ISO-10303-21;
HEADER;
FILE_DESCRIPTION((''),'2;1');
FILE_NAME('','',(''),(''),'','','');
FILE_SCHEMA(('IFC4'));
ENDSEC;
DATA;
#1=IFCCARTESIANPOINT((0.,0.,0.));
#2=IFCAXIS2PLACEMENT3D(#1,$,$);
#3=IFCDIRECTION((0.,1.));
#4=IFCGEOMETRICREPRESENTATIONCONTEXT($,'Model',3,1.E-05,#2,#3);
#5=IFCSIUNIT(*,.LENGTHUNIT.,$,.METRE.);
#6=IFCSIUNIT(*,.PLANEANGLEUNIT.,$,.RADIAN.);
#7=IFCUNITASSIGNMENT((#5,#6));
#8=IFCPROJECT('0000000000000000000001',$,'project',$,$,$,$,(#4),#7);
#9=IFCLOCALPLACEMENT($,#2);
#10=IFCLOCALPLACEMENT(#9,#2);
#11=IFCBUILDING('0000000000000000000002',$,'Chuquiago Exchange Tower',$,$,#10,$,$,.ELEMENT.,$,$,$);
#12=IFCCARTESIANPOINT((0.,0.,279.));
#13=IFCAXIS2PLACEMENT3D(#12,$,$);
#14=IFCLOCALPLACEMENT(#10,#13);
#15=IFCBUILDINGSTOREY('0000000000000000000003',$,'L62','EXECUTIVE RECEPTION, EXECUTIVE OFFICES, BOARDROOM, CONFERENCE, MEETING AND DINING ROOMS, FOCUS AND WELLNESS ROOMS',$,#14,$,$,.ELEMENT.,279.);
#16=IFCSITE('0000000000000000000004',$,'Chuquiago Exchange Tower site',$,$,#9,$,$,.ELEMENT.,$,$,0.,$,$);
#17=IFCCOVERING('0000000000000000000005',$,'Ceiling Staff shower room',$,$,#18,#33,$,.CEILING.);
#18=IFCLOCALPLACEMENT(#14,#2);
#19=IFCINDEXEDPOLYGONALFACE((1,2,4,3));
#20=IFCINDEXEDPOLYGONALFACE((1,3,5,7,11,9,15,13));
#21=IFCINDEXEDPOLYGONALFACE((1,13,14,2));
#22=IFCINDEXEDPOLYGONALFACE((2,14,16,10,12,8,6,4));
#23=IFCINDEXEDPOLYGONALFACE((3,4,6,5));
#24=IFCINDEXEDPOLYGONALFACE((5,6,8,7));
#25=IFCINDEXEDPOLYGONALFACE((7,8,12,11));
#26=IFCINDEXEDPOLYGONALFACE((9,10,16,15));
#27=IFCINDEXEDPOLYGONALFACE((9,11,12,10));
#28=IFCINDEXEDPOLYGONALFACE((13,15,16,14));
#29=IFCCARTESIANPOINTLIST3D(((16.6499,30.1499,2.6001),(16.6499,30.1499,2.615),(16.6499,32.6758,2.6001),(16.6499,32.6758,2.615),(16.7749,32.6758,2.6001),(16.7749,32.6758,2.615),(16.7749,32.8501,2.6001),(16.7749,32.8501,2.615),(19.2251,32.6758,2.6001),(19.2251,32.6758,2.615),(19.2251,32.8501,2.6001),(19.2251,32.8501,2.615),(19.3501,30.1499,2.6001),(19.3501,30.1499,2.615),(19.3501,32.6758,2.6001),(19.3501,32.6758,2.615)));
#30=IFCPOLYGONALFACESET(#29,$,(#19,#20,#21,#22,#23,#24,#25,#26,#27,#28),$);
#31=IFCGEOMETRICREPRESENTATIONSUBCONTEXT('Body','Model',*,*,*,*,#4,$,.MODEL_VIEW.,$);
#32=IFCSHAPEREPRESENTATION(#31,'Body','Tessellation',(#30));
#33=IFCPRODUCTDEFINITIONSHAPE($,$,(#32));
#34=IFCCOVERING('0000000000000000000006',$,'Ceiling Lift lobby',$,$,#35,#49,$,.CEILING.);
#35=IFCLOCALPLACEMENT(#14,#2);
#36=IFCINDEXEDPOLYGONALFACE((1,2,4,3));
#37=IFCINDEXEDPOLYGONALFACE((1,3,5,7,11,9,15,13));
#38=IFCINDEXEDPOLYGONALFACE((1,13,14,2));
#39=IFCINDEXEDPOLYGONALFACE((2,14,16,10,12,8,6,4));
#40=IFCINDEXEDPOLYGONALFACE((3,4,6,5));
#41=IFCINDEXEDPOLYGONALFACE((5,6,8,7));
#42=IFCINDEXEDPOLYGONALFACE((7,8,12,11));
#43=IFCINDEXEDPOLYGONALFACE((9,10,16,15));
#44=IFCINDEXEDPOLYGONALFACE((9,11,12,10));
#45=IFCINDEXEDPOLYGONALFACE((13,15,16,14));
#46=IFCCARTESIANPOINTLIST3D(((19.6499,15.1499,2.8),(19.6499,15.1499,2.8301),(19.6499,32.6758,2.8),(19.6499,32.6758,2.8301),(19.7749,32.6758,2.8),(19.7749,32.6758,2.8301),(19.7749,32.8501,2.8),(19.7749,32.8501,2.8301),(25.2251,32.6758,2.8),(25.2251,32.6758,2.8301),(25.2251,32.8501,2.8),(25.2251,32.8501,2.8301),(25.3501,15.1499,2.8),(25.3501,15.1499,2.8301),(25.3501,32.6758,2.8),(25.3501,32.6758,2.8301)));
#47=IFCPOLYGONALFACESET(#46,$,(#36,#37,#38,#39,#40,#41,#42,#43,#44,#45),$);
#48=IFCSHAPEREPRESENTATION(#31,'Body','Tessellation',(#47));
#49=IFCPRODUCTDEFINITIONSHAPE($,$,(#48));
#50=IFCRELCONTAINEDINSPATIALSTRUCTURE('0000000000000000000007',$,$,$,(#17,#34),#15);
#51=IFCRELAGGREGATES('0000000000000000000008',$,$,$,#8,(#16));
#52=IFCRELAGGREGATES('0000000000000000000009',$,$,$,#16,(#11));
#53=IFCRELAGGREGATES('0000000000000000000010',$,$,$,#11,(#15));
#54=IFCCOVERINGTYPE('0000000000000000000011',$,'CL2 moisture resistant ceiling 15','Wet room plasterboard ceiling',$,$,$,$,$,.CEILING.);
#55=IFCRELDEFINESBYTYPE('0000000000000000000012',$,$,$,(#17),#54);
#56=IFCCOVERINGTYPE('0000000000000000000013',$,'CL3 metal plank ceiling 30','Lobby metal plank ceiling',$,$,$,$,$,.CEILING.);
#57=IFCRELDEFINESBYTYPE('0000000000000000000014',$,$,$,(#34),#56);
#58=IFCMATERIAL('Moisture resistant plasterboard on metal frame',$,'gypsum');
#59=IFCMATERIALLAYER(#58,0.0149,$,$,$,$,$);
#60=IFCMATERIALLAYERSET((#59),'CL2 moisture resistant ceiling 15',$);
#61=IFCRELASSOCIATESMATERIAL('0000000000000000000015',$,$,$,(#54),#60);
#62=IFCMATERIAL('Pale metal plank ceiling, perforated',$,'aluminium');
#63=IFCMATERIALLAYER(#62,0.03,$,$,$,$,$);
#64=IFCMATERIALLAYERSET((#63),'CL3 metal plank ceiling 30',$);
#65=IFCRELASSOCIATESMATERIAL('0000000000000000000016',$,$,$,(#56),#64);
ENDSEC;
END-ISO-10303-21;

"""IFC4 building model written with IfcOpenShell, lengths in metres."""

from ifc_helpers import new_model, si_unit, direction, frame, origin, place, context, subcontext, project, spatial, polyline, outline, extrude, material, layer, layer_set, type_object, element, save


model = new_model("IFC4")

# Units and contexts
model_context = context("Model", 3, precision=1e-05, world=origin(), true_north=direction((0.0, 1.0)))
body_context = subcontext(model_context, "Body", "Model", "MODEL_VIEW")
ifc_project = project(units=[si_unit("LENGTHUNIT", "METRE"), si_unit("PLANEANGLEUNIT", "RADIAN")], contexts=[model_context])

# Site, building, storey
site_placement = place(None, origin())
site = spatial("IfcSite", under=ifc_project, at=site_placement, Name="Chuquiago Exchange Tower site", CompositionType="ELEMENT", RefElevation=0.0)
building_placement = place(site_placement, origin())
building = spatial("IfcBuilding", under=site, at=building_placement, Name="Chuquiago Exchange Tower", CompositionType="ELEMENT")
storey_placement = place(building_placement, frame((0.0, 0.0, 279.0)))
storey = spatial("IfcBuildingStorey", under=building, at=storey_placement, Name="L62", Description="EXECUTIVE RECEPTION, EXECUTIVE OFFICES, BOARDROOM, CONFERENCE, MEETING AND DINING ROOMS, FOCUS AND WELLNESS ROOMS", CompositionType="ELEMENT", Elevation=279.0)

# Coverings
ifc_material_1 = material(Name="Moisture resistant plasterboard on metal frame", Category="gypsum")
ifc_layer_1 = layer(ifc_material_1, 0.0149)
ifc_layer_set_1 = layer_set([ifc_layer_1], Name="CL2 moisture resistant ceiling 15")
covering_type_1 = type_object("IfcCoveringType", Name="CL2 moisture resistant ceiling 15", Description="Wet room plasterboard ceiling", PredefinedType="CEILING", material=ifc_layer_set_1)
covering_1_placement = place(storey_placement, frame((0.0, 0.0, 2.6001)))
element("IfcCovering", 1, at=covering_1_placement, inside=storey, type_object=covering_type_1, Name="Ceiling Staff shower room", PredefinedType="CEILING", context=body_context, shape_type="SweptSolid", body=[
    extrude(outline(polyline([(16.6499, 30.1499), (16.6499, 32.6758), (16.7749, 32.6758), (16.7749, 32.8501), (19.2251, 32.8501), (19.2251, 32.6758), (19.3501, 32.6758), (19.3501, 30.1499), (16.6499, 30.1499)])), origin(), (0.0, 0.0, 1.0), 0.0149),
])
ifc_material_2 = material(Name="Pale metal plank ceiling, perforated", Category="aluminium")
ifc_layer_2 = layer(ifc_material_2, 0.03)
ifc_layer_set_2 = layer_set([ifc_layer_2], Name="CL3 metal plank ceiling 30")
covering_type_2 = type_object("IfcCoveringType", Name="CL3 metal plank ceiling 30", Description="Lobby metal plank ceiling", PredefinedType="CEILING", material=ifc_layer_set_2)
covering_2_placement = place(storey_placement, frame((0.0, 0.0, 2.8)))
element("IfcCovering", 2, at=covering_2_placement, inside=storey, type_object=covering_type_2, Name="Ceiling Lift lobby", PredefinedType="CEILING", context=body_context, shape_type="SweptSolid", body=[
    extrude(outline(polyline([(19.6499, 15.1499), (19.6499, 32.6758), (19.7749, 32.6758), (19.7749, 32.8501), (25.2251, 32.8501), (25.2251, 32.6758), (25.3501, 32.6758), (25.3501, 15.1499), (19.6499, 15.1499)])), origin(), (0.0, 0.0, 1.0), 0.03),
])

save(model, "model.ifc")
